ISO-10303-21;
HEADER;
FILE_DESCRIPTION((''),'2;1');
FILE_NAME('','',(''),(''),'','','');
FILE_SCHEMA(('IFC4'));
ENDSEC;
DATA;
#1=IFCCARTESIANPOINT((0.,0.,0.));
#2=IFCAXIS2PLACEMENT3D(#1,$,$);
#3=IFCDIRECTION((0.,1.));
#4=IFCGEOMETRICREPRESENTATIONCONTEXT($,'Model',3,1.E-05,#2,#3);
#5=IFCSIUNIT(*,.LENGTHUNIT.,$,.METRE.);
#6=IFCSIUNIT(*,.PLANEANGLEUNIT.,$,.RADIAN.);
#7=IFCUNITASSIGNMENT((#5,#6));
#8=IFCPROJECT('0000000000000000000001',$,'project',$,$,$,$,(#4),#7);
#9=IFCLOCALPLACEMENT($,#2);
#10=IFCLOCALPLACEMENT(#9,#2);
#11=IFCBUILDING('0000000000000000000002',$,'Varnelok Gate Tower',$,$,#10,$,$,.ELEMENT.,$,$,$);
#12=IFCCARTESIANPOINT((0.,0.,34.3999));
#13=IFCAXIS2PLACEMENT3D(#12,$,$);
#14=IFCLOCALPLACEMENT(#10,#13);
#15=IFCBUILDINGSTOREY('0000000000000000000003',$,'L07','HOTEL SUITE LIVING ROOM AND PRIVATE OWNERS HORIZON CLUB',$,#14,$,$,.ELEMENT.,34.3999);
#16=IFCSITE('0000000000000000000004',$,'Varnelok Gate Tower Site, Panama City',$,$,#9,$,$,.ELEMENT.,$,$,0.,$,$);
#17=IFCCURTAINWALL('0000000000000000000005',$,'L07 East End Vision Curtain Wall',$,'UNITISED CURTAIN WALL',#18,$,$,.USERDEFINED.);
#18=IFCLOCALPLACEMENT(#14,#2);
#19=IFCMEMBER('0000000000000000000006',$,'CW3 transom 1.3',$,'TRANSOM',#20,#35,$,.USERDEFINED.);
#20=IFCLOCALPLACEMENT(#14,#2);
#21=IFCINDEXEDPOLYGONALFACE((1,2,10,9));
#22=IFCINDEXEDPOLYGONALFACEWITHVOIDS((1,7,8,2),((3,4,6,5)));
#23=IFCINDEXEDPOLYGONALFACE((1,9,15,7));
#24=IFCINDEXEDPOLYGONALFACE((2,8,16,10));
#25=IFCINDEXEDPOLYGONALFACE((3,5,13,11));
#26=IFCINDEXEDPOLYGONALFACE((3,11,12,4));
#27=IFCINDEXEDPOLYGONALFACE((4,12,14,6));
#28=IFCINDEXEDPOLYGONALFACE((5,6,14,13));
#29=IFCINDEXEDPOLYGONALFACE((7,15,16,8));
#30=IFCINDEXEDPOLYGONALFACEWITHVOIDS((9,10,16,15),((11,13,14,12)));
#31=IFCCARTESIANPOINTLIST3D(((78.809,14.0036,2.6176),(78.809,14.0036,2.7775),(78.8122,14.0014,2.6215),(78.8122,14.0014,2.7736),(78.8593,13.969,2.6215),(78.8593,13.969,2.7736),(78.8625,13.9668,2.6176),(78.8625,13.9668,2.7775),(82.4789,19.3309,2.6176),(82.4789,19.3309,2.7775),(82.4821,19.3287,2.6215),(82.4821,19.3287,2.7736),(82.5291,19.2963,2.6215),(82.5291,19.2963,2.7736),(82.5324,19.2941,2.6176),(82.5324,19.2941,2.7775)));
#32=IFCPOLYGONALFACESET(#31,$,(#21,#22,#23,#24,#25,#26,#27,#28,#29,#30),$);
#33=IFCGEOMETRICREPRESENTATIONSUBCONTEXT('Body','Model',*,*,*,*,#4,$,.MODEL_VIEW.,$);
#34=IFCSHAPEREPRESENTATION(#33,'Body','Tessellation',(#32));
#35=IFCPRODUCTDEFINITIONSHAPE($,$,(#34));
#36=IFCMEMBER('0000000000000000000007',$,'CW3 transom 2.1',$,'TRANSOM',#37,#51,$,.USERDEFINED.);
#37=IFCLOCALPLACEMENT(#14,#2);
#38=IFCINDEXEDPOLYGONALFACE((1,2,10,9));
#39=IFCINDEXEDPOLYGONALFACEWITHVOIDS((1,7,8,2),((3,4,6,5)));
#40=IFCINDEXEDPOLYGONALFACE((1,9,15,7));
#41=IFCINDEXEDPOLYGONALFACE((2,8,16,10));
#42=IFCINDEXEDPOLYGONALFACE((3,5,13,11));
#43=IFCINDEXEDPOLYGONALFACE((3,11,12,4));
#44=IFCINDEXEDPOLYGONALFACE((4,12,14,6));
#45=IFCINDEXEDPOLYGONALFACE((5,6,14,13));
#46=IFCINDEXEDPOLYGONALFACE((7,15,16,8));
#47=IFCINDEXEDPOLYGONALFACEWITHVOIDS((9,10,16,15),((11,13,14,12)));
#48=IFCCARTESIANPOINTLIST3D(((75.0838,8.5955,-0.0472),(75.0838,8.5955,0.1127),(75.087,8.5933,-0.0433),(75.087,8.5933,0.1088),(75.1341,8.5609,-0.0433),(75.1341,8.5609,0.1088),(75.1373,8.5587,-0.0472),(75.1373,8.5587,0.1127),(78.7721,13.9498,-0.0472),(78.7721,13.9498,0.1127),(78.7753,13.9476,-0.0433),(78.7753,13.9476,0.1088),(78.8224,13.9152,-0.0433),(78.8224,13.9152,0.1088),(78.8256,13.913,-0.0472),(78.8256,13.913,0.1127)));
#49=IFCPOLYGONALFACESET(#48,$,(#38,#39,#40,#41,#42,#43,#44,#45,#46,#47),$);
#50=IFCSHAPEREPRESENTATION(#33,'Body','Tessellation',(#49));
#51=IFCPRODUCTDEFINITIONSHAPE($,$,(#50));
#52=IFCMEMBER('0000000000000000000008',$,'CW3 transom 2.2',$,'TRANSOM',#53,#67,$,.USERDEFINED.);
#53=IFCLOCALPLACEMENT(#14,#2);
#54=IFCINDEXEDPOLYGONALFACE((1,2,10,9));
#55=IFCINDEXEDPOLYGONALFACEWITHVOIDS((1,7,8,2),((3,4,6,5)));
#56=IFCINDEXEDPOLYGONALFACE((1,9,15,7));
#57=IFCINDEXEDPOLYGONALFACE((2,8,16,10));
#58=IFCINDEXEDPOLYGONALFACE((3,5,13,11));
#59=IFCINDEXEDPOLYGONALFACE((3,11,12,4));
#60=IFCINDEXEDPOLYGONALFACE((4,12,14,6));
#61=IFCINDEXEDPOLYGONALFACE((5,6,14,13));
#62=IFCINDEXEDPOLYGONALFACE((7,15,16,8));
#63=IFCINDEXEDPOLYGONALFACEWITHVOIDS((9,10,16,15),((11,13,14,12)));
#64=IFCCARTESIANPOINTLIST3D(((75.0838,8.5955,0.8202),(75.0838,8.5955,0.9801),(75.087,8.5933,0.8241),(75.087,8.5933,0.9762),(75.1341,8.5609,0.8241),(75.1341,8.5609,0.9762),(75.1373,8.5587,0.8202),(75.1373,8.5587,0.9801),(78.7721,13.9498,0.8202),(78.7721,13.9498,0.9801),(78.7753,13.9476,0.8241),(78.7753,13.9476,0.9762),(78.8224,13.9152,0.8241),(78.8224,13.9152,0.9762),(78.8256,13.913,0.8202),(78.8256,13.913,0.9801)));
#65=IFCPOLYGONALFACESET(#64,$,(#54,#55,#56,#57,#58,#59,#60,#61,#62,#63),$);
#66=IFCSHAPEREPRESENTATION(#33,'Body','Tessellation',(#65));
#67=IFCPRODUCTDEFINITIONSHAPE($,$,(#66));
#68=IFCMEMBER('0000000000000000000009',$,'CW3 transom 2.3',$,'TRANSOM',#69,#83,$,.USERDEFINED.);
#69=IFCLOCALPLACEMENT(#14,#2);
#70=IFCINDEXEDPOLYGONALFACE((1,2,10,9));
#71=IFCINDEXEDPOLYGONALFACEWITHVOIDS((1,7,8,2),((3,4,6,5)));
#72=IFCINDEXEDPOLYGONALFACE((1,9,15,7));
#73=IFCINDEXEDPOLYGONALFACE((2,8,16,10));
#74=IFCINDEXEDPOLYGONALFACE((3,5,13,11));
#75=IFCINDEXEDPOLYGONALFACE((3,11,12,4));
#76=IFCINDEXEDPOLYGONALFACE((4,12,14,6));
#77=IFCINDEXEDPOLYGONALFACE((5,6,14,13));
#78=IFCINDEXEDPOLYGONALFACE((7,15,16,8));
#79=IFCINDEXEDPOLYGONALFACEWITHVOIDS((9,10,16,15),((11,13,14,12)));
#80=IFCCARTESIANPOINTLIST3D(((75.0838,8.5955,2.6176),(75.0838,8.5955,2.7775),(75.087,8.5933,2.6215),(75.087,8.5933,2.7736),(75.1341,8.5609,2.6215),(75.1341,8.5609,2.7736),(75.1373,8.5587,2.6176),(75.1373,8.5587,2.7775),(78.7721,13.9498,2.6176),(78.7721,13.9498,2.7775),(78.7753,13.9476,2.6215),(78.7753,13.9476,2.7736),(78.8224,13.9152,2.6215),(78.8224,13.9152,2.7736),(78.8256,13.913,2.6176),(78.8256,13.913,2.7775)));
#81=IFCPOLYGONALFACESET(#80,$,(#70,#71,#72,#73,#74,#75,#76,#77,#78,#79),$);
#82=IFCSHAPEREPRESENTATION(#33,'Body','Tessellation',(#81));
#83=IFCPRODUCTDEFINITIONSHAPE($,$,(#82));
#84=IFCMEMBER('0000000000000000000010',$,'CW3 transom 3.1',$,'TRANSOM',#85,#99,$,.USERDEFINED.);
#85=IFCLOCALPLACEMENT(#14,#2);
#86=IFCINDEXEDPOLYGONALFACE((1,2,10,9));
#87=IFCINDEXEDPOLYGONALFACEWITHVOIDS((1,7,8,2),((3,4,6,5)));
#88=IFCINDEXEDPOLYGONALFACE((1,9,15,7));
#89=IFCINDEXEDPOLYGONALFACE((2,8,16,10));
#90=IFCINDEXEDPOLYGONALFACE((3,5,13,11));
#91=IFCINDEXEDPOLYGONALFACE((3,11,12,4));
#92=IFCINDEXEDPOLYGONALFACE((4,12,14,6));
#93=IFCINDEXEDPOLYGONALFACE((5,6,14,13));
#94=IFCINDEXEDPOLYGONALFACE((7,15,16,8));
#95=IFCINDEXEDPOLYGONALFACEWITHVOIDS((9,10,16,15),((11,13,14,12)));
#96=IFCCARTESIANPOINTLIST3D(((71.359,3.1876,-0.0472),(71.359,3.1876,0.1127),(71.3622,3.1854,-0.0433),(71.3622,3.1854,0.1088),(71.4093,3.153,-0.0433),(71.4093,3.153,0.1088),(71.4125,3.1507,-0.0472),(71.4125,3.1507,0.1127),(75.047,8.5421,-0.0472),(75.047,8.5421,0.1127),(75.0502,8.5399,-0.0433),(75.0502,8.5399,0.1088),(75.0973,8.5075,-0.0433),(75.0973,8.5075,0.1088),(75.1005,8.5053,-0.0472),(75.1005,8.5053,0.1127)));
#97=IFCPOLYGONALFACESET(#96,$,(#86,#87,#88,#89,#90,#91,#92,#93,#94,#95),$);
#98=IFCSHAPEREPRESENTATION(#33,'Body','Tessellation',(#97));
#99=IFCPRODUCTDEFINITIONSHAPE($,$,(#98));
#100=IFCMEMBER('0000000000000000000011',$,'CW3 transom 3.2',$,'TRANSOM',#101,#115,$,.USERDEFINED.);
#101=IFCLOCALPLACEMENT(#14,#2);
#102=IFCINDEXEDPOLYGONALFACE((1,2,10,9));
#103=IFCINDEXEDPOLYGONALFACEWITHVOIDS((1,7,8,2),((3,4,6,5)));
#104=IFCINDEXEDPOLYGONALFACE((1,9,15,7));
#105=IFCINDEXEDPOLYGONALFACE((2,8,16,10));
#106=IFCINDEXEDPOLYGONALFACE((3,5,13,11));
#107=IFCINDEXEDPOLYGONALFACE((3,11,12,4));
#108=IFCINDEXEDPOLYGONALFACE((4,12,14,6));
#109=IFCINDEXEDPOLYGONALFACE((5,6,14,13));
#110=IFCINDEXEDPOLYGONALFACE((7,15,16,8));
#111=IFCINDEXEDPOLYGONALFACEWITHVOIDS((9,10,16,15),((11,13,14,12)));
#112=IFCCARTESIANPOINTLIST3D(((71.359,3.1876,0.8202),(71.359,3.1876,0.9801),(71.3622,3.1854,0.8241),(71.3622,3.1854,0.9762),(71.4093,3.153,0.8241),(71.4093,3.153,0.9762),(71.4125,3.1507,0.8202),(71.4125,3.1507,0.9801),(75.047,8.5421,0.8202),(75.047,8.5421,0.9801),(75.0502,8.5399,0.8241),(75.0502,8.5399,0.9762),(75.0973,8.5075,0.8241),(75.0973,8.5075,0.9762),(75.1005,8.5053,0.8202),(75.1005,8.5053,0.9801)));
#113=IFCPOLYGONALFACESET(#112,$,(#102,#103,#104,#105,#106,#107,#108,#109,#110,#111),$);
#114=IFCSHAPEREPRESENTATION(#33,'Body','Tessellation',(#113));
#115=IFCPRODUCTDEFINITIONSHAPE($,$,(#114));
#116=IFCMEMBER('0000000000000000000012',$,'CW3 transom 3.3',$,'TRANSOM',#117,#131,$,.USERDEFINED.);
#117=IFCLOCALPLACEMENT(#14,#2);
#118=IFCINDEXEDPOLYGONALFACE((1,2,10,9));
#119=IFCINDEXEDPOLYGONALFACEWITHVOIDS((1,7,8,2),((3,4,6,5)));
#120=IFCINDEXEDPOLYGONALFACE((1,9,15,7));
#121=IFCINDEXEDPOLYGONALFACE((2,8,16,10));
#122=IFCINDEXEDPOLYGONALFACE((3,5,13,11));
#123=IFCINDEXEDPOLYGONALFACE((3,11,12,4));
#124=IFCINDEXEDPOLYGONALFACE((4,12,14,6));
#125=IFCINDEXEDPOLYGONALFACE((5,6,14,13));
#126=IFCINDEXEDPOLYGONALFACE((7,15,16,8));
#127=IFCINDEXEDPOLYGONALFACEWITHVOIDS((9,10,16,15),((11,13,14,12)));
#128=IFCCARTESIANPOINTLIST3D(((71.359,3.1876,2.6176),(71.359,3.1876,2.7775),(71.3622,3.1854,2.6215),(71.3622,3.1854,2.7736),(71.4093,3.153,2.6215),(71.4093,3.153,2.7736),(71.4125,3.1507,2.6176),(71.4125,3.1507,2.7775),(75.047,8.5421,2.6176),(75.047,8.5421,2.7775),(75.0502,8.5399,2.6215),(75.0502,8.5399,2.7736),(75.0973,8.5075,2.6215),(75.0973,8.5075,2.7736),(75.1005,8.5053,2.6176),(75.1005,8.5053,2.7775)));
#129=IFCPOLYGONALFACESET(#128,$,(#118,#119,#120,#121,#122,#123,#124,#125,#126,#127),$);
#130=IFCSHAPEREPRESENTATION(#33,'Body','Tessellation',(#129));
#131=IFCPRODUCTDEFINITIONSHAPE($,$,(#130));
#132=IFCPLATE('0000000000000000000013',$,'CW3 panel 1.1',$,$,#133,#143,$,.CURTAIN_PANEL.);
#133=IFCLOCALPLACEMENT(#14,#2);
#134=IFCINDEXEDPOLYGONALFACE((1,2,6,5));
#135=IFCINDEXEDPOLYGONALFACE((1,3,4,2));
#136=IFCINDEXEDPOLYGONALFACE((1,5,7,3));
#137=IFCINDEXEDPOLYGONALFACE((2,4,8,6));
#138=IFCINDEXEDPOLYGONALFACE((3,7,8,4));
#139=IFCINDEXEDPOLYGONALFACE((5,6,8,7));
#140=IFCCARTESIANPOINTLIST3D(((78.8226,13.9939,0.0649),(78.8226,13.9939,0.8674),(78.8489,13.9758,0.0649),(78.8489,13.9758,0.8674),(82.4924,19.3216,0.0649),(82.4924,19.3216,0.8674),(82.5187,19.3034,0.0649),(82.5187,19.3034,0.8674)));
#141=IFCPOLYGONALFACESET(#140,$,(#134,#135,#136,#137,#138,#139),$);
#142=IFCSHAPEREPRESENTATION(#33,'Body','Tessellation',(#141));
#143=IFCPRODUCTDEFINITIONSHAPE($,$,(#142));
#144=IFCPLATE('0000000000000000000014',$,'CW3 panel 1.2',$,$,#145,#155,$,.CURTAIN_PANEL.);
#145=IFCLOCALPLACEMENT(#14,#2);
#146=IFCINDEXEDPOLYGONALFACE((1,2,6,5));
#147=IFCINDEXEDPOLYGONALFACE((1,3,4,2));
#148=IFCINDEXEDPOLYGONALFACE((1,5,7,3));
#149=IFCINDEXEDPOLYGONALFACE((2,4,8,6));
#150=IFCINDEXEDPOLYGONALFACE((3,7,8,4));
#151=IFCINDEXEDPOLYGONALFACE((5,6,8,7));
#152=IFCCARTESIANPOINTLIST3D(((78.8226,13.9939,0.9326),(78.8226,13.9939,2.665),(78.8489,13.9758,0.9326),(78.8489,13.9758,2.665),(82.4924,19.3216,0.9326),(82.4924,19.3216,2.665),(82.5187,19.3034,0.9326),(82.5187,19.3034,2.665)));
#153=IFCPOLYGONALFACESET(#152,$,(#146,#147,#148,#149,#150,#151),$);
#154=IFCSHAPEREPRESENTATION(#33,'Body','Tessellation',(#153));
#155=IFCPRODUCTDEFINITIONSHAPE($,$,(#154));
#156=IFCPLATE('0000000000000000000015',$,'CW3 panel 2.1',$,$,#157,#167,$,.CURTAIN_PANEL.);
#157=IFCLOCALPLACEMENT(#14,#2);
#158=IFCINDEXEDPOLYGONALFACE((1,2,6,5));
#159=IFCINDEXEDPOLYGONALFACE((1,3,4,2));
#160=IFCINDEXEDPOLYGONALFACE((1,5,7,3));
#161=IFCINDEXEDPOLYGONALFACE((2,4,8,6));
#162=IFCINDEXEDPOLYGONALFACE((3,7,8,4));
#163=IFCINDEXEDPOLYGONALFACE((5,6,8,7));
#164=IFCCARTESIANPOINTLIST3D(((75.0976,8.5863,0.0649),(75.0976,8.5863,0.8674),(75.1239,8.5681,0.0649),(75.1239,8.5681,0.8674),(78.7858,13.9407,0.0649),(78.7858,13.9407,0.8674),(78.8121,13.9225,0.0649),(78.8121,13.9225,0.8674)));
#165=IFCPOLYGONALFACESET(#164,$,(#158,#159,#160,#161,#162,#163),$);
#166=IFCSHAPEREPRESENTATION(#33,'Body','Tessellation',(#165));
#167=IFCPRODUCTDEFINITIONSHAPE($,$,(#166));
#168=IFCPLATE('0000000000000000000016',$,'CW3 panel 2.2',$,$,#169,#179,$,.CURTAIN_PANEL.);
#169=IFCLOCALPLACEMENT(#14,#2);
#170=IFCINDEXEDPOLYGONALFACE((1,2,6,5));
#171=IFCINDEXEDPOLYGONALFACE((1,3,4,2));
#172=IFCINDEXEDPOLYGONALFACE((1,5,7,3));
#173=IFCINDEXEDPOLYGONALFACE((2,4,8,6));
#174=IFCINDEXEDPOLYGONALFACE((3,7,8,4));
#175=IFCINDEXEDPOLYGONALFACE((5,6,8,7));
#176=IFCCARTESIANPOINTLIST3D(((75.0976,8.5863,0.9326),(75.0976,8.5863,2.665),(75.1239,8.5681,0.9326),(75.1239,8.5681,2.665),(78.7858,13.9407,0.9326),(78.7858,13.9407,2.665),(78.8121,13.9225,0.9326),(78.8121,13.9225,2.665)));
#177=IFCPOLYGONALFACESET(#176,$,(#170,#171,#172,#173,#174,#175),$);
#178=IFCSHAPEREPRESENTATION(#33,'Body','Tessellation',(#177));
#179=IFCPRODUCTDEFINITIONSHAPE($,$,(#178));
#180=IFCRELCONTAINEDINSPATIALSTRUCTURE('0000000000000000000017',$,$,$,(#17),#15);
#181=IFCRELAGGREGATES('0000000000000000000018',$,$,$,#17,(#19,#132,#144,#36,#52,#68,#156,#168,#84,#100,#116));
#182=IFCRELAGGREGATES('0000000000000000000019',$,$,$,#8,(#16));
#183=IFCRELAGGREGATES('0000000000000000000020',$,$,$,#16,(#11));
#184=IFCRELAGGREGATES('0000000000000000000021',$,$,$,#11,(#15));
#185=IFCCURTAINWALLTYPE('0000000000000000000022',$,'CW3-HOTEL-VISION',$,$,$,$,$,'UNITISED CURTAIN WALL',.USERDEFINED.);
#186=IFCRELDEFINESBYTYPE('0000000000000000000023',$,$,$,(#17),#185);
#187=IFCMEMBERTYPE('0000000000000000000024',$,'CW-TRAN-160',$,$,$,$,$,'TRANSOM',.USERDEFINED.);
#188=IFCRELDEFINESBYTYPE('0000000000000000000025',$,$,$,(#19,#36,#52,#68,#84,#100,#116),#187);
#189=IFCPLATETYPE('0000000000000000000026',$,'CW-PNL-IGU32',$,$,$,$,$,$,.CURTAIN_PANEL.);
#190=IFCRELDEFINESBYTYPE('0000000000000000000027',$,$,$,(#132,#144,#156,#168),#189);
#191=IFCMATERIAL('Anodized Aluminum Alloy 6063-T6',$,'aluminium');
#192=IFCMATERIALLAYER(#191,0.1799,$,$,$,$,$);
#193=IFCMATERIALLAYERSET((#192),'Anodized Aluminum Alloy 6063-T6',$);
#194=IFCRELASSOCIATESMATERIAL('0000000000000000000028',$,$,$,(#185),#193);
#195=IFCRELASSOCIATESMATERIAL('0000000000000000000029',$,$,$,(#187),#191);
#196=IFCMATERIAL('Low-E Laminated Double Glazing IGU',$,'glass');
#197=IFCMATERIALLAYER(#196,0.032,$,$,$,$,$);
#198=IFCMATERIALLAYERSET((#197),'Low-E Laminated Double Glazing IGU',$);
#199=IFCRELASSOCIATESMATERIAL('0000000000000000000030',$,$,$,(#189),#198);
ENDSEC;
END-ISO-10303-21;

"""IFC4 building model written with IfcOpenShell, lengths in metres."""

from ifc_helpers import new_model, si_unit, direction, frame, origin, origin_2d, place, context, subcontext, project, spatial, rectangle, hollow_rectangle, extrude, source, transform, mapped, material, layer, layer_set, material_profile, profile_set, type_object, element, aggregate, save


model = new_model("IFC4")

# Units and contexts
model_context = context("Model", 3, precision=1e-05, world=origin(), true_north=direction((0.0, 1.0)))
body_context = subcontext(model_context, "Body", "Model", "MODEL_VIEW")
ifc_project = project(units=[si_unit("LENGTHUNIT", "METRE"), si_unit("PLANEANGLEUNIT", "RADIAN")], contexts=[model_context])

# Site, building, storey
site_placement = place(None, origin())
site = spatial("IfcSite", under=ifc_project, at=site_placement, Name="Varnelok Gate Tower Site, Panama City", CompositionType="ELEMENT", RefElevation=0.0)
building_placement = place(site_placement, origin())
building = spatial("IfcBuilding", under=site, at=building_placement, Name="Varnelok Gate Tower", CompositionType="ELEMENT")
storey_placement = place(building_placement, frame((0.0, 0.0, 34.3999)))
storey = spatial("IfcBuildingStorey", under=building, at=storey_placement, Name="L07", Description="HOTEL SUITE LIVING ROOM AND PRIVATE OWNERS HORIZON CLUB", CompositionType="ELEMENT", Elevation=34.3999)

# Curtain wall, members, plates
ifc_material_1 = material(Name="Anodized Aluminum Alloy 6063-T6", Category="aluminium")
ifc_layer_1 = layer(ifc_material_1, 0.1799)
ifc_layer_set_1 = layer_set([ifc_layer_1], Name="Anodized Aluminum Alloy 6063-T6")
curtain_wall_type = type_object("IfcCurtainWallType", Name="CW3-HOTEL-VISION", ElementType="UNITISED CURTAIN WALL", PredefinedType="USERDEFINED", material=ifc_layer_set_1)
curtain_wall_placement = place(storey_placement, origin())
curtain_wall = element("IfcCurtainWall", 1, at=curtain_wall_placement, inside=storey, type_object=curtain_wall_type, Name="L07 East End Vision Curtain Wall", ObjectType="UNITISED CURTAIN WALL", PredefinedType="USERDEFINED")
ifc_material_profile_1 = material_profile(ifc_material_1, hollow_rectangle(XDim=0.0649, YDim=0.1599, WallThickness=0.0039, at=origin_2d()), Name="ALU160X65X4")
ifc_profile_set_1 = profile_set([ifc_material_profile_1], Name="Anodized Aluminum Alloy 6063-T6")
member_type_1 = type_object("IfcMemberType", Name="CW-TRAN-160", ElementType="TRANSOM", PredefinedType="USERDEFINED", material=ifc_profile_set_1)
member_1_placement = place(storey_placement, frame((82.5056, 19.3125, 2.6975), z_axis=(-0.567299, -0.823512, 0.0), x_axis=(0.823512, -0.567299, 0.0)))
member_1 = element("IfcMember", 2, at=member_1_placement, type_object=member_type_1, Name="CW3 transom 1.3", ObjectType="TRANSOM", PredefinedType="USERDEFINED", context=body_context, shape_type="SweptSolid", body=[
    extrude(hollow_rectangle(XDim=0.0649, YDim=0.1599, WallThickness=0.0039, at=origin_2d()), origin(), (0.0, 0.0, 1.0), 6.469),
])
member_2_placement = place(storey_placement, frame((78.7988, 13.9314, 0.0327), z_axis=(-0.567279, -0.823526, 0.0), x_axis=(0.823526, -0.567279, 0.0)))
member_2 = element("IfcMember", 3, at=member_2_placement, type_object=member_type_1, Name="CW3 transom 2.1", ObjectType="TRANSOM", PredefinedType="USERDEFINED", context=body_context, shape_type="SweptSolid", body=[
    extrude(hollow_rectangle(XDim=0.0649, YDim=0.1599, WallThickness=0.0039, at=origin_2d()), origin(), (0.0, 0.0, 1.0), 6.5017),
])
member_3_placement = place(storey_placement, frame((78.7988, 13.9314, 0.9001), z_axis=(-0.567279, -0.823526, 0.0), x_axis=(0.823526, -0.567279, 0.0)))
member_3 = element("IfcMember", 4, at=member_3_placement, type_object=member_type_1, Name="CW3 transom 2.2", ObjectType="TRANSOM", PredefinedType="USERDEFINED", context=body_context, shape_type="SweptSolid", body=[
    extrude(hollow_rectangle(XDim=0.0649, YDim=0.1599, WallThickness=0.0039, at=origin_2d()), origin(), (0.0, 0.0, 1.0), 6.5017),
])
member_4_placement = place(storey_placement, frame((78.7988, 13.9314, 2.6975), z_axis=(-0.567279, -0.823526, 0.0), x_axis=(0.823526, -0.567279, 0.0)))
member_4 = element("IfcMember", 5, at=member_4_placement, type_object=member_type_1, Name="CW3 transom 2.3", ObjectType="TRANSOM", PredefinedType="USERDEFINED", context=body_context, shape_type="SweptSolid", body=[
    extrude(hollow_rectangle(XDim=0.0649, YDim=0.1599, WallThickness=0.0039, at=origin_2d()), origin(), (0.0, 0.0, 1.0), 6.5017),
])
member_5_placement = place(storey_placement, frame((75.0737, 8.5237, 0.0327), z_axis=(-0.567236, -0.823555, 0.0), x_axis=(0.823555, -0.567236, 0.0)))
member_5 = element("IfcMember", 6, at=member_5_placement, type_object=member_type_1, Name="CW3 transom 3.1", ObjectType="TRANSOM", PredefinedType="USERDEFINED", context=body_context, shape_type="SweptSolid", body=[
    extrude(hollow_rectangle(XDim=0.0649, YDim=0.1599, WallThickness=0.0039, at=origin_2d()), origin(), (0.0, 0.0, 1.0), 6.5017),
])
member_6_placement = place(storey_placement, frame((75.0737, 8.5237, 0.9001), z_axis=(-0.567236, -0.823555, 0.0), x_axis=(0.823555, -0.567236, 0.0)))
member_6 = element("IfcMember", 7, at=member_6_placement, type_object=member_type_1, Name="CW3 transom 3.2", ObjectType="TRANSOM", PredefinedType="USERDEFINED", context=body_context, shape_type="SweptSolid", body=[
    extrude(hollow_rectangle(XDim=0.0649, YDim=0.1599, WallThickness=0.0039, at=origin_2d()), origin(), (0.0, 0.0, 1.0), 6.5017),
])
member_7_placement = place(storey_placement, frame((75.0737, 8.5237, 2.6975), z_axis=(-0.567236, -0.823555, 0.0), x_axis=(0.823555, -0.567236, 0.0)))
member_7 = element("IfcMember", 8, at=member_7_placement, type_object=member_type_1, Name="CW3 transom 3.3", ObjectType="TRANSOM", PredefinedType="USERDEFINED", context=body_context, shape_type="SweptSolid", body=[
    extrude(hollow_rectangle(XDim=0.0649, YDim=0.1599, WallThickness=0.0039, at=origin_2d()), origin(), (0.0, 0.0, 1.0), 6.5017),
])
ifc_material_2 = material(Name="Low-E Laminated Double Glazing IGU", Category="glass")
ifc_layer_2 = layer(ifc_material_2, 0.032)
ifc_layer_set_2 = layer_set([ifc_layer_2], Name="Low-E Laminated Double Glazing IGU")
plate_type = type_object("IfcPlateType", Name="CW-PNL-IGU32", PredefinedType="CURTAIN_PANEL", material=ifc_layer_set_2)
shared_shape_1 = source(origin(), body_context, "Body", "SweptSolid", [
    extrude(rectangle(XDim=6.4692, YDim=0.032, at=origin_2d()), origin(), (0.0, 0.0, 1.0), 0.8025),
])
plate_1_placement = place(storey_placement, frame((80.6707, 16.6487, 0.0649), z_axis=(0.0, 0.0, 1.0), x_axis=(-0.567269, -0.823533, 0.0)))
plate_1 = element("IfcPlate", 9, at=plate_1_placement, type_object=plate_type, Name="CW3 panel 1.1", PredefinedType="CURTAIN_PANEL", context=body_context, shape_type="MappedRepresentation", body=[
    mapped(shared_shape_1, transform((0.0, 0.0, 0.0), scale=1.0)),
])
shared_shape_2 = source(origin(), body_context, "Body", "SweptSolid", [
    extrude(rectangle(XDim=6.4692, YDim=0.032, at=origin_2d()), origin(), (0.0, 0.0, 1.0), 1.7324),
])
plate_2_placement = place(storey_placement, frame((80.6707, 16.6487, 0.9326), z_axis=(0.0, 0.0, 1.0), x_axis=(-0.567269, -0.823533, 0.0)))
plate_2 = element("IfcPlate", 10, at=plate_2_placement, type_object=plate_type, Name="CW3 panel 1.2", PredefinedType="CURTAIN_PANEL", context=body_context, shape_type="MappedRepresentation", body=[
    mapped(shared_shape_2, transform((0.0, 0.0, 0.0), scale=1.0)),
])
shared_shape_3 = source(origin(), body_context, "Body", "SweptSolid", [
    extrude(rectangle(XDim=6.5017, YDim=0.032, at=origin_2d()), origin(), (0.0, 0.0, 1.0), 0.8025),
])
plate_3_placement = place(storey_placement, frame((76.9548, 11.2544, 0.0649), z_axis=(0.0, 0.0, 1.0), x_axis=(-0.567269, -0.823533, 0.0)))
plate_3 = element("IfcPlate", 11, at=plate_3_placement, type_object=plate_type, Name="CW3 panel 2.1", PredefinedType="CURTAIN_PANEL", context=body_context, shape_type="MappedRepresentation", body=[
    mapped(shared_shape_3, transform((0.0, 0.0, 0.0), scale=1.0)),
])
shared_shape_4 = source(origin(), body_context, "Body", "SweptSolid", [
    extrude(rectangle(XDim=6.5017, YDim=0.032, at=origin_2d()), origin(), (0.0, 0.0, 1.0), 1.7324),
])
plate_4_placement = place(storey_placement, frame((76.9548, 11.2544, 0.9326), z_axis=(0.0, 0.0, 1.0), x_axis=(-0.567269, -0.823533, 0.0)))
plate_4 = element("IfcPlate", 12, at=plate_4_placement, type_object=plate_type, Name="CW3 panel 2.2", PredefinedType="CURTAIN_PANEL", context=body_context, shape_type="MappedRepresentation", body=[
    mapped(shared_shape_4, transform((0.0, 0.0, 0.0), scale=1.0)),
])
aggregate(curtain_wall, [member_1, plate_1, plate_2, member_2, member_3, member_4, plate_3, plate_4, member_5, member_6, member_7])

save(model, "model.ifc")
